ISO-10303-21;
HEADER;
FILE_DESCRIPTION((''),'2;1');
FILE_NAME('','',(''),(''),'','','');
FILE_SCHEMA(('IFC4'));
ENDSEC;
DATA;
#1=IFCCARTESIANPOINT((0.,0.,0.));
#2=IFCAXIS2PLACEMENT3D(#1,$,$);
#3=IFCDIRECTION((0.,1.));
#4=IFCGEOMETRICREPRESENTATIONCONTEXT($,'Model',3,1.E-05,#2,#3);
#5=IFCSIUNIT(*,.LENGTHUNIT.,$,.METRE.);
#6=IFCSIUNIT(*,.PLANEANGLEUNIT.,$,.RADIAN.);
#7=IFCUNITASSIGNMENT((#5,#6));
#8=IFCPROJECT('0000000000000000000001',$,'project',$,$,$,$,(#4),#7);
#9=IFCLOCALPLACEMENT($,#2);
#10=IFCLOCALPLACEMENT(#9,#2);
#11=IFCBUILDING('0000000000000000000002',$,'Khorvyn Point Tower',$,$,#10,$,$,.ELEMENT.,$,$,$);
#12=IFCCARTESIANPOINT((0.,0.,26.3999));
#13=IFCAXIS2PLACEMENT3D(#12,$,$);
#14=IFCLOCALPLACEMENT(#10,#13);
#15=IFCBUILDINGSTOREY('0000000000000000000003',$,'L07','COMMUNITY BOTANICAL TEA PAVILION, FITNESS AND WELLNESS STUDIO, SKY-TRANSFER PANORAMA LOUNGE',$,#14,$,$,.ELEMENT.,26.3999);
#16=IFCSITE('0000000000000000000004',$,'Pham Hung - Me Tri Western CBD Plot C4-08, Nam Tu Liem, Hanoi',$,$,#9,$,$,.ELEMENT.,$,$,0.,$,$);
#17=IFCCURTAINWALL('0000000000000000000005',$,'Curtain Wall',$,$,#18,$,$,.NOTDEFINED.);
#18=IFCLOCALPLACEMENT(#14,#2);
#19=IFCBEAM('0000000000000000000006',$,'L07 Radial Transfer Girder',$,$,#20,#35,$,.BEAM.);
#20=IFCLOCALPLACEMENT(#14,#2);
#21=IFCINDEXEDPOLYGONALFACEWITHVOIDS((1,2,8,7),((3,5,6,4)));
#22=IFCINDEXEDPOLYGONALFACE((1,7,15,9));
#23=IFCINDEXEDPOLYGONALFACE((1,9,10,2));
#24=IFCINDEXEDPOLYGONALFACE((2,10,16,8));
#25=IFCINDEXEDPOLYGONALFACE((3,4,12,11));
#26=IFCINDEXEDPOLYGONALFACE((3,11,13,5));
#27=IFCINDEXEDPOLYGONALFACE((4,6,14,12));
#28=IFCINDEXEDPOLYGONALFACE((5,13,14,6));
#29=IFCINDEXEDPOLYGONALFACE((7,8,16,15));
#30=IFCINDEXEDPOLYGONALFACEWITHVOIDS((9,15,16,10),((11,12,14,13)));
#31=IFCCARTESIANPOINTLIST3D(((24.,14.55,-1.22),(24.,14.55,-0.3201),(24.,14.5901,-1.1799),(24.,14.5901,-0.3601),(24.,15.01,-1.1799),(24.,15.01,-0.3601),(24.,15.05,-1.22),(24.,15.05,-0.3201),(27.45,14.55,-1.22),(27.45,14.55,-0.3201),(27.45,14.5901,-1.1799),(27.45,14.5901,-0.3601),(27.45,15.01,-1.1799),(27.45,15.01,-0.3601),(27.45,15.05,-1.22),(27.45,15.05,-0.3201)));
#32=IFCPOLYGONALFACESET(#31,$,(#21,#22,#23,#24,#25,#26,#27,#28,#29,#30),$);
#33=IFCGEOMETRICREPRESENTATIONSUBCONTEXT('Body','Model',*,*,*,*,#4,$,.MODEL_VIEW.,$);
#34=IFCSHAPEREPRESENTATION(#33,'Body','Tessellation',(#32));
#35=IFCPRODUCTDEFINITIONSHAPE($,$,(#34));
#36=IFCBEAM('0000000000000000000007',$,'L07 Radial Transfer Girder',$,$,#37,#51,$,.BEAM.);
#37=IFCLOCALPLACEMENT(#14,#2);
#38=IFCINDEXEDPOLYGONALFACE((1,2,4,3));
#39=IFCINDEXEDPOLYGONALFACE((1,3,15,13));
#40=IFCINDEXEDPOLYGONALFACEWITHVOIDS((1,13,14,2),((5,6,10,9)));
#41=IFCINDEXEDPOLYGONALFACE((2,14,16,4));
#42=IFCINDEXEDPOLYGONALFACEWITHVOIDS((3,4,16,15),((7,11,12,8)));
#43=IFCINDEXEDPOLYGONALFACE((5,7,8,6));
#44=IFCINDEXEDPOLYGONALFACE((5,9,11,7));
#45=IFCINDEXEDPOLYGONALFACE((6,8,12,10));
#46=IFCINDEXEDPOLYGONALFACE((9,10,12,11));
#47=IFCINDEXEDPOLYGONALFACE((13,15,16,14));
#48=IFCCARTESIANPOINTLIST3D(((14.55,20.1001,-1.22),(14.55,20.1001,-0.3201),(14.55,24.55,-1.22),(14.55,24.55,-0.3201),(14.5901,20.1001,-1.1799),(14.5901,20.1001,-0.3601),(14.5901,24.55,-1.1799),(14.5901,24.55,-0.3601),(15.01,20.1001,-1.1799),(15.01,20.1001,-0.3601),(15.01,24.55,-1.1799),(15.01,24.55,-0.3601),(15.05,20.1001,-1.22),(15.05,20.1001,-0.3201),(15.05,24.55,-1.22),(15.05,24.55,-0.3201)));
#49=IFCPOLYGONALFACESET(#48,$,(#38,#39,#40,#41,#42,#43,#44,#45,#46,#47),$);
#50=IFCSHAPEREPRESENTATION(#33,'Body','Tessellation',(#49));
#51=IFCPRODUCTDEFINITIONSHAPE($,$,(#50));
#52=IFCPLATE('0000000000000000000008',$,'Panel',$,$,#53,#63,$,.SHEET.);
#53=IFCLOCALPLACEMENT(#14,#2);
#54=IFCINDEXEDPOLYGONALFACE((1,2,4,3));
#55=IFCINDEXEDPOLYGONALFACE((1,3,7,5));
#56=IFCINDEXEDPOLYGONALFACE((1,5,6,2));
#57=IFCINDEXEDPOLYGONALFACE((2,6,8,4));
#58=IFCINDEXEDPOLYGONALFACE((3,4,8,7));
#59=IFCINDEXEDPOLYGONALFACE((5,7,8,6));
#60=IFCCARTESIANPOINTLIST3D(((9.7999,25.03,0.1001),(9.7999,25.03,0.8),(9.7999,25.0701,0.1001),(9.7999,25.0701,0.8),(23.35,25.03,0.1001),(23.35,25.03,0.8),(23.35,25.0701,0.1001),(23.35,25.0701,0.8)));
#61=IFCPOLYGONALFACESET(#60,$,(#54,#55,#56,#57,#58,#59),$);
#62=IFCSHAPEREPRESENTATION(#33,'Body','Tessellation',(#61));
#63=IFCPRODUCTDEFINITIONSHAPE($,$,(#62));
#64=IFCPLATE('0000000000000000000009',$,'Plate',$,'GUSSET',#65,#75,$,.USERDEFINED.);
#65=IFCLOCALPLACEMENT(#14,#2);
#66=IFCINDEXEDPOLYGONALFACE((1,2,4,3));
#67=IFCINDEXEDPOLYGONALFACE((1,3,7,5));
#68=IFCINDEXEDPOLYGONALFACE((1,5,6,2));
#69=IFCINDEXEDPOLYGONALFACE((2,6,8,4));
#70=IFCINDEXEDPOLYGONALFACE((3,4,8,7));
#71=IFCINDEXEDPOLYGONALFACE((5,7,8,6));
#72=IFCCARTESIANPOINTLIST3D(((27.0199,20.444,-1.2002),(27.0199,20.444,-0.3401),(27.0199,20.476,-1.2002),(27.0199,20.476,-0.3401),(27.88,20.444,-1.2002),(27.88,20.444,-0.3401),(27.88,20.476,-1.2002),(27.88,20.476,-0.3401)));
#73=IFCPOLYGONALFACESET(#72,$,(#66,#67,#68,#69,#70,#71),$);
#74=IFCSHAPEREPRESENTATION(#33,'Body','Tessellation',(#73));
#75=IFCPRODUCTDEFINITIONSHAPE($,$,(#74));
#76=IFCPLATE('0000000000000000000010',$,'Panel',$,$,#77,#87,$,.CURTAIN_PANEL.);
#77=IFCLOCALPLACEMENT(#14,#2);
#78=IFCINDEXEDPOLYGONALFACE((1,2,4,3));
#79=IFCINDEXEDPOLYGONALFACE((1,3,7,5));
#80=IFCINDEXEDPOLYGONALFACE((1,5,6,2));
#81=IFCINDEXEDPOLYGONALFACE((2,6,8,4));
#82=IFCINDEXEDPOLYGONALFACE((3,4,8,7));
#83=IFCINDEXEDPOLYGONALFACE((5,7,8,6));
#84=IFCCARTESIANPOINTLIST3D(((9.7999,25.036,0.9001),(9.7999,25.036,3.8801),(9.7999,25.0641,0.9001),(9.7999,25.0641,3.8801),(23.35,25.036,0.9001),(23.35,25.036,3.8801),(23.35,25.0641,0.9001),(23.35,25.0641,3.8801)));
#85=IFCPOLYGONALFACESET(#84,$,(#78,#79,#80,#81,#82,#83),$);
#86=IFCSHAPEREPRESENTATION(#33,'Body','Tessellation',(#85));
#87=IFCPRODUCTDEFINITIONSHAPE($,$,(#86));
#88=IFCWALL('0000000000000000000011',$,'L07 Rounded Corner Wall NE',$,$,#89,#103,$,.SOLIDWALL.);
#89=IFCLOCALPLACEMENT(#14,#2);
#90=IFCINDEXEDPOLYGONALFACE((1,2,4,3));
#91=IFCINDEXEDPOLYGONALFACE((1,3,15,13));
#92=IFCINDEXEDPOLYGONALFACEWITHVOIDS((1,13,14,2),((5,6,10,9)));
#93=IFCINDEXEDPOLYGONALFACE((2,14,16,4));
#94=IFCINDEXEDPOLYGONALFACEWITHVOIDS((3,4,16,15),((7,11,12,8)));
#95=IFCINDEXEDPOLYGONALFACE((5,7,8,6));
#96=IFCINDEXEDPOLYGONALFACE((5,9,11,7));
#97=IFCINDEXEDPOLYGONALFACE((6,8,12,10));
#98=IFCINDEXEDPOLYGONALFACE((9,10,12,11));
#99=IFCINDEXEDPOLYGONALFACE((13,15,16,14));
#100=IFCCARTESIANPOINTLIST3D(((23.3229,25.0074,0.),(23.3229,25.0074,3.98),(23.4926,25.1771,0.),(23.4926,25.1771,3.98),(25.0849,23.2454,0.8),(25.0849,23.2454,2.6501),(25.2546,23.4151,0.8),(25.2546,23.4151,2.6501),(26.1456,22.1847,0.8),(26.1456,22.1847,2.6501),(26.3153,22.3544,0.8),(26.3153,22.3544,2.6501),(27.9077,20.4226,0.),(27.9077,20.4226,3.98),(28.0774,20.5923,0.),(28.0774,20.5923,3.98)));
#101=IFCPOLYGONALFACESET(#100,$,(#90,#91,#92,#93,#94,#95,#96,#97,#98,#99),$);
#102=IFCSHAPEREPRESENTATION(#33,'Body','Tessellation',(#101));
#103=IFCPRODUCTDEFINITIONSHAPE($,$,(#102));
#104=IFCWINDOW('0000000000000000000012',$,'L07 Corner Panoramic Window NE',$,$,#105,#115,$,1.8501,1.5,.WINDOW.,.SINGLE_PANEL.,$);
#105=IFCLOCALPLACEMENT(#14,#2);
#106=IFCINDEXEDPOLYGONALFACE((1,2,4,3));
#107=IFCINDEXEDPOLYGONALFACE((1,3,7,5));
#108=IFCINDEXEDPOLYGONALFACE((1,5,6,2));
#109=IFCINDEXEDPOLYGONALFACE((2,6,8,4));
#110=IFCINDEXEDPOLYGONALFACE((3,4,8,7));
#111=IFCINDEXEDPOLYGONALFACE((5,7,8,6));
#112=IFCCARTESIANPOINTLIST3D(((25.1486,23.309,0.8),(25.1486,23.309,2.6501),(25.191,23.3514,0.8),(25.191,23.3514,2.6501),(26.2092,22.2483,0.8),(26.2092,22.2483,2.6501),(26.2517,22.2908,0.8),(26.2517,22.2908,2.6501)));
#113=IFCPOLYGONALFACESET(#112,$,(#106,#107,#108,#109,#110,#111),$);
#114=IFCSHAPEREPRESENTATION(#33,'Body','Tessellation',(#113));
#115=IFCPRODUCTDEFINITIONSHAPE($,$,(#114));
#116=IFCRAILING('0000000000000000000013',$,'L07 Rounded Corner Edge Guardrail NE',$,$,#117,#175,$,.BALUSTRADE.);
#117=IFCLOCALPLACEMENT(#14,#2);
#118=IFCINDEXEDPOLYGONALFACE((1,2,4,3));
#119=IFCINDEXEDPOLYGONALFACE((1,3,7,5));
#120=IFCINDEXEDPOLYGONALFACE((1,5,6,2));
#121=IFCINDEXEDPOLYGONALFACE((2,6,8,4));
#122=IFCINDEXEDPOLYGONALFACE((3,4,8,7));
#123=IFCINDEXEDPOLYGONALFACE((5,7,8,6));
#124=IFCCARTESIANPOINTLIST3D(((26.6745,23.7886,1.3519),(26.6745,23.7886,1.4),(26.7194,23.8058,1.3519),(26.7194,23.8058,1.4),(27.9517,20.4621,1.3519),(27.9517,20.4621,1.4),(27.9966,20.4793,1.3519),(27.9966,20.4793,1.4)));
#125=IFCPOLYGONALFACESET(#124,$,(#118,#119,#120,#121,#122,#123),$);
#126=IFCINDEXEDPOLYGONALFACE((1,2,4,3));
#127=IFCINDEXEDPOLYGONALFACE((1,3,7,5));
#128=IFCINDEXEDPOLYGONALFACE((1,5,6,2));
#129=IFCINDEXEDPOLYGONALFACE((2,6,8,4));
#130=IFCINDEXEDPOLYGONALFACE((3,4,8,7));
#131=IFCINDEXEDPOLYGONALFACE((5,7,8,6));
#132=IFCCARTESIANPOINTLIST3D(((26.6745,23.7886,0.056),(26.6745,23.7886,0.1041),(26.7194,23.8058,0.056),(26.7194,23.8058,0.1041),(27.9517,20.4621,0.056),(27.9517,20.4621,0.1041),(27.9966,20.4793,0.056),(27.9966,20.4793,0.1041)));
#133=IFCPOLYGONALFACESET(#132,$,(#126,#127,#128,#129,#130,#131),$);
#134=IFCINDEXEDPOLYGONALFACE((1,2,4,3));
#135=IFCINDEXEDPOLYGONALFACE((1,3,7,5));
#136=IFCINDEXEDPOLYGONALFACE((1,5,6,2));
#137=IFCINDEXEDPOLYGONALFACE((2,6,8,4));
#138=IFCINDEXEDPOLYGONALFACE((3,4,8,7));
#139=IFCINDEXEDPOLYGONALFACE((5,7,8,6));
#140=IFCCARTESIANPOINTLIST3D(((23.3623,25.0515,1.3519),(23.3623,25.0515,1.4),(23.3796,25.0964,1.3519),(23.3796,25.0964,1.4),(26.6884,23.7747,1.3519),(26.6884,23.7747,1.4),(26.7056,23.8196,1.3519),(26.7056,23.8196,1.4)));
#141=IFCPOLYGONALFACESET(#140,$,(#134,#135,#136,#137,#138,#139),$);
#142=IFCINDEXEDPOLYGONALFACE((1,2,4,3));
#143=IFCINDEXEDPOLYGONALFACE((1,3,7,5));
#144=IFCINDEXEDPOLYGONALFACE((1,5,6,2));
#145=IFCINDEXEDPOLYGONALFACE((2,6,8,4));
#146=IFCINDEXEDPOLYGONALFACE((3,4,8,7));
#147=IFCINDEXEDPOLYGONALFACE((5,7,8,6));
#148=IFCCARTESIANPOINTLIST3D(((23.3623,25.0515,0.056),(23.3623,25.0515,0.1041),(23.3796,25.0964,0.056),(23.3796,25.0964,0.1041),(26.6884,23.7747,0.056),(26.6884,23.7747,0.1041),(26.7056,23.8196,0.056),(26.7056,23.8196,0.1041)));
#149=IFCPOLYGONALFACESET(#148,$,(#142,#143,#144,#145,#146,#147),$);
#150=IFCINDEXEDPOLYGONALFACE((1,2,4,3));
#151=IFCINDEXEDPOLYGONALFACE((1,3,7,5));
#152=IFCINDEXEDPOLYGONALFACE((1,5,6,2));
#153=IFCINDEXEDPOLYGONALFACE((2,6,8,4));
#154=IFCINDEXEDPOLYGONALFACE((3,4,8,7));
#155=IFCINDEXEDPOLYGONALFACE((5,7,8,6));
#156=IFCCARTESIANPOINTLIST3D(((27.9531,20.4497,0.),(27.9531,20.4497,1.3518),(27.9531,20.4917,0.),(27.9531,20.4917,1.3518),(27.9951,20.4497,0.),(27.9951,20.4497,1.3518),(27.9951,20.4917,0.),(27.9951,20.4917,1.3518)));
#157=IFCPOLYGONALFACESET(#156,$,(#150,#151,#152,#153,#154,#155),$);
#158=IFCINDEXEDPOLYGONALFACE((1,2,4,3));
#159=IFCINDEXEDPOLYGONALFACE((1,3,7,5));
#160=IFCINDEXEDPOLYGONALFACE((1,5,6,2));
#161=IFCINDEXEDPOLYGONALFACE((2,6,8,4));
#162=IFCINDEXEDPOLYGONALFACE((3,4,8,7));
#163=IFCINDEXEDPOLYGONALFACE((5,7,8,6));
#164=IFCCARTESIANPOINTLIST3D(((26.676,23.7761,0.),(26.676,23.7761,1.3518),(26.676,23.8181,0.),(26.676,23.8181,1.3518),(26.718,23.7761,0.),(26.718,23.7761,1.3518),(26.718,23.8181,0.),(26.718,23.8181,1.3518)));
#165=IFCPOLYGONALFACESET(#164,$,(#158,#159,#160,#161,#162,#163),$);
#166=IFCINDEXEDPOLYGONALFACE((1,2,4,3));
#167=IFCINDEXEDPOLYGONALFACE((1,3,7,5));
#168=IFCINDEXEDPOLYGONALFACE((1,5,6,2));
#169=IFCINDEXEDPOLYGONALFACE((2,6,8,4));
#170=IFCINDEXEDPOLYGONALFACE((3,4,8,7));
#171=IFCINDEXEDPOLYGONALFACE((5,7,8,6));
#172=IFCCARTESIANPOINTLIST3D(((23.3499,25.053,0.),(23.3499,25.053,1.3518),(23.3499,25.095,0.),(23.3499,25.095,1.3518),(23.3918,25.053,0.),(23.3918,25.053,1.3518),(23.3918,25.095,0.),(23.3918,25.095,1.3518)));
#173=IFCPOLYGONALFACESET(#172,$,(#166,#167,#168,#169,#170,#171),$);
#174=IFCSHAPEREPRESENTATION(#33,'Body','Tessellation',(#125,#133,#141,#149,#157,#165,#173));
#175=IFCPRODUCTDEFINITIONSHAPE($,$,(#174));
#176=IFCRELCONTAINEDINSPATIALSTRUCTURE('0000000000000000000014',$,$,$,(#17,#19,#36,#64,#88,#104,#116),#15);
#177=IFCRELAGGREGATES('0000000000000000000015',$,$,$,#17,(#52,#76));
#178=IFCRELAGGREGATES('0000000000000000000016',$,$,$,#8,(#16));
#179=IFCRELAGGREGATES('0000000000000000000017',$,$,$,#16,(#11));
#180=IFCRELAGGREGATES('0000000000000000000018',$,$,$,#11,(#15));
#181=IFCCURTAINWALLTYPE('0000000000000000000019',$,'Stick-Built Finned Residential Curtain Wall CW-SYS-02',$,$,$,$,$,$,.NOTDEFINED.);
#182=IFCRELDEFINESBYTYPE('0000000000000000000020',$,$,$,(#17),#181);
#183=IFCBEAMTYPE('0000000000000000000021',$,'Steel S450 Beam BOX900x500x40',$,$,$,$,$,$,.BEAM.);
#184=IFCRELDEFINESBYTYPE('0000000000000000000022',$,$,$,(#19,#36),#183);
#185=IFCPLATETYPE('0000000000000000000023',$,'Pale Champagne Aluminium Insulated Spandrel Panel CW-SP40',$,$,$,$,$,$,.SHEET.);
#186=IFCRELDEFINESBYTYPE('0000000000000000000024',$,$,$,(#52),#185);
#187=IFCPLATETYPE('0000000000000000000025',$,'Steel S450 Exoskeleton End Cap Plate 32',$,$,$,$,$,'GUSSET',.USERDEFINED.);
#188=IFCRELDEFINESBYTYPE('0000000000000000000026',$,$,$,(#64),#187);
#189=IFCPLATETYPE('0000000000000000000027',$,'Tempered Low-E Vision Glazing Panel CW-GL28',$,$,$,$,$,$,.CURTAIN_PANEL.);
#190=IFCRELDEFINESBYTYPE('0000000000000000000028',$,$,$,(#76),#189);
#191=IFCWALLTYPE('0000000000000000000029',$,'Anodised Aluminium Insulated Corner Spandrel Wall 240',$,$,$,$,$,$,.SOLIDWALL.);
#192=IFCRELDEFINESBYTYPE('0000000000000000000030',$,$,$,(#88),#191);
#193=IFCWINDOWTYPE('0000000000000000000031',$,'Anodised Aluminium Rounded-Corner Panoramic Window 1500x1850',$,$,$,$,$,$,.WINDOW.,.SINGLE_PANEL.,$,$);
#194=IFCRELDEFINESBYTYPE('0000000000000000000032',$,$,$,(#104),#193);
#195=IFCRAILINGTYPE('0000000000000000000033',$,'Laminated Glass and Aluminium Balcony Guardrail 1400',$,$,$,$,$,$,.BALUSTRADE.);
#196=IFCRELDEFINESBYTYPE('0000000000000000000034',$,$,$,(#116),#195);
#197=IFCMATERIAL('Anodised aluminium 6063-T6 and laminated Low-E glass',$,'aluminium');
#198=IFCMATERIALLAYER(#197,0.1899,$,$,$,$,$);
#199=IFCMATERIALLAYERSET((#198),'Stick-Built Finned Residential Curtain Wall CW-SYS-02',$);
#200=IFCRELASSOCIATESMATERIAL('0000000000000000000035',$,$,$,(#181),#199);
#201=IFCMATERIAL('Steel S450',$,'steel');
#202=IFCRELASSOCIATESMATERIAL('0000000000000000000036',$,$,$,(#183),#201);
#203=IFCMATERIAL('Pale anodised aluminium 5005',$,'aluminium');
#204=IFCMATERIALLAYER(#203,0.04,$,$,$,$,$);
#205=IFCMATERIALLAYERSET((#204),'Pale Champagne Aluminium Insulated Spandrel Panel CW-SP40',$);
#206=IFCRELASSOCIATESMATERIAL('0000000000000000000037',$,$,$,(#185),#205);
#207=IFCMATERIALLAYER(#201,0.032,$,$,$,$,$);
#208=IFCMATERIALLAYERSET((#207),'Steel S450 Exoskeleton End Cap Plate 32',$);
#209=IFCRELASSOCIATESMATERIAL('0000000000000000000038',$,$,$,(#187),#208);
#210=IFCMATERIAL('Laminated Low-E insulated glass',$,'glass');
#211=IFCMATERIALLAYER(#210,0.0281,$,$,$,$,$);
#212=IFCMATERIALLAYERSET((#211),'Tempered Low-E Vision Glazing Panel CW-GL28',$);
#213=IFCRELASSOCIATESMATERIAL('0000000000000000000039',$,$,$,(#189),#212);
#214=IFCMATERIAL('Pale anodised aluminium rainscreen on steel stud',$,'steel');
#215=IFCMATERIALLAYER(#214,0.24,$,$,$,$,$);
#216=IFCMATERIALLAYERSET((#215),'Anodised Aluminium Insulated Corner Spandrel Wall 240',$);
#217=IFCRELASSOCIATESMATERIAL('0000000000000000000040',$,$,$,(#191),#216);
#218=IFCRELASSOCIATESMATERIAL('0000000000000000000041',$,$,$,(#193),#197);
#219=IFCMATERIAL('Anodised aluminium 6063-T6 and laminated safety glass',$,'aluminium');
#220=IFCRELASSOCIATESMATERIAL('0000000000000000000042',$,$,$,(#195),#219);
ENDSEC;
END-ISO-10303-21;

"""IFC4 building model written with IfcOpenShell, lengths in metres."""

from ifc_helpers import new_model, si_unit, direction, frame, frame_2d, origin, origin_2d, place, context, subcontext, project, spatial, rectangle, hollow_rectangle, extrude, material, layer, layer_set, material_profile, profile_set, type_object, element, fill, aggregate, save


model = new_model("IFC4")

# Units and contexts
model_context = context("Model", 3, precision=1e-05, world=origin(), true_north=direction((0.0, 1.0)))
body_context = subcontext(model_context, "Body", "Model", "MODEL_VIEW")
ifc_project = project(units=[si_unit("LENGTHUNIT", "METRE"), si_unit("PLANEANGLEUNIT", "RADIAN")], contexts=[model_context])

# Site, building, storey
site_placement = place(None, origin())
site = spatial("IfcSite", under=ifc_project, at=site_placement, Name="Pham Hung - Me Tri Western CBD Plot C4-08, Nam Tu Liem, Hanoi", CompositionType="ELEMENT", RefElevation=0.0)
building_placement = place(site_placement, origin())
building = spatial("IfcBuilding", under=site, at=building_placement, Name="Khorvyn Point Tower", CompositionType="ELEMENT")
storey_placement = place(building_placement, frame((0.0, 0.0, 26.3999)))
storey = spatial("IfcBuildingStorey", under=building, at=storey_placement, Name="L07", Description="COMMUNITY BOTANICAL TEA PAVILION, FITNESS AND WELLNESS STUDIO, SKY-TRANSFER PANORAMA LOUNGE", CompositionType="ELEMENT", Elevation=26.3999)

# Shared definitions
ifc_material_1 = material(Name="Steel S450", Category="steel")

# Curtain wall
ifc_material_2 = material(Name="Anodised aluminium 6063-T6 and laminated Low-E glass", Category="aluminium")
ifc_layer_1 = layer(ifc_material_2, 0.1899)
ifc_layer_set_1 = layer_set([ifc_layer_1], Name="Stick-Built Finned Residential Curtain Wall CW-SYS-02")
curtain_wall_type = type_object("IfcCurtainWallType", Name="Stick-Built Finned Residential Curtain Wall CW-SYS-02", PredefinedType="NOTDEFINED", material=ifc_layer_set_1)
curtain_wall_1_placement = place(storey_placement, origin())
curtain_wall_1 = element("IfcCurtainWall", 1, at=curtain_wall_1_placement, inside=storey, type_object=curtain_wall_type, Name="Curtain Wall", PredefinedType="NOTDEFINED")

# Beams
ifc_material_profile_1 = material_profile(ifc_material_1, hollow_rectangle(XDim=0.5, YDim=0.8999, WallThickness=0.04, at=origin_2d()))
ifc_profile_set_1 = profile_set([ifc_material_profile_1], Name="Steel S450 BOX900x500x40")
beam_type_1 = type_object("IfcBeamType", Name="Steel S450 Beam BOX900x500x40", PredefinedType="BEAM", material=ifc_profile_set_1)
beam_1_placement = place(storey_placement, frame((24.0, 14.8, -0.77), z_axis=(1.0, 0.0, 0.0), x_axis=(0.0, 1.0, 0.0)))
element("IfcBeam", 2, at=beam_1_placement, inside=storey, type_object=beam_type_1, Name="L07 Radial Transfer Girder", PredefinedType="BEAM", context=body_context, shape_type="SweptSolid", body=[
    extrude(hollow_rectangle(XDim=0.5, YDim=0.8999, WallThickness=0.04, at=origin_2d()), origin(), (0.0, 0.0, 1.0), 3.45),
])
beam_2_placement = place(storey_placement, frame((14.8, 20.1001, -0.77), z_axis=(0.0, 1.0, 0.0), x_axis=(-1.0, 0.0, 0.0)))
element("IfcBeam", 3, at=beam_2_placement, inside=storey, type_object=beam_type_1, Name="L07 Radial Transfer Girder", PredefinedType="BEAM", context=body_context, shape_type="SweptSolid", body=[
    extrude(hollow_rectangle(XDim=0.5, YDim=0.8999, WallThickness=0.04, at=origin_2d()), origin(), (0.0, 0.0, 1.0), 4.45),
])

# Plates
ifc_material_3 = material(Name="Pale anodised aluminium 5005", Category="aluminium")
ifc_layer_2 = layer(ifc_material_3, 0.04)
ifc_layer_set_2 = layer_set([ifc_layer_2], Name="Pale Champagne Aluminium Insulated Spandrel Panel CW-SP40")
plate_type_1 = type_object("IfcPlateType", Name="Pale Champagne Aluminium Insulated Spandrel Panel CW-SP40", PredefinedType="SHEET", material=ifc_layer_set_2)
plate_1_placement = place(storey_placement, frame((16.575, 25.05, 0.1001), z_axis=(0.0, 0.0, 1.0), x_axis=(1.0, 0.0, 0.0)))
plate_1 = element("IfcPlate", 4, at=plate_1_placement, type_object=plate_type_1, Name="Panel", PredefinedType="SHEET", context=body_context, shape_type="SweptSolid", body=[
    extrude(rectangle(XDim=13.55, YDim=0.04, at=origin_2d()), origin(), (0.0, 0.0, 1.0), 0.7),
])
ifc_layer_3 = layer(ifc_material_1, 0.032)
ifc_layer_set_3 = layer_set([ifc_layer_3], Name="Steel S450 Exoskeleton End Cap Plate 32")
plate_type_2 = type_object("IfcPlateType", Name="Steel S450 Exoskeleton End Cap Plate 32", ElementType="GUSSET", PredefinedType="USERDEFINED", material=ifc_layer_set_3)
plate_2_placement = place(storey_placement, frame((27.45, 20.46, -1.2002), z_axis=(0.0, 0.0, 1.0), x_axis=(1.0, 0.0, 0.0)))
element("IfcPlate", 5, at=plate_2_placement, inside=storey, type_object=plate_type_2, Name="Plate", ObjectType="GUSSET", PredefinedType="USERDEFINED", context=body_context, shape_type="SweptSolid", body=[
    extrude(rectangle(XDim=0.8601, YDim=0.032, at=origin_2d()), origin(), (0.0, 0.0, 1.0), 0.8601),
])
ifc_material_4 = material(Name="Laminated Low-E insulated glass", Category="glass")
ifc_layer_4 = layer(ifc_material_4, 0.0281)
ifc_layer_set_4 = layer_set([ifc_layer_4], Name="Tempered Low-E Vision Glazing Panel CW-GL28")
plate_type_3 = type_object("IfcPlateType", Name="Tempered Low-E Vision Glazing Panel CW-GL28", PredefinedType="CURTAIN_PANEL", material=ifc_layer_set_4)
plate_3_placement = place(storey_placement, frame((16.575, 25.05, 0.9001), z_axis=(0.0, 0.0, 1.0), x_axis=(1.0, 0.0, 0.0)))
plate_3 = element("IfcPlate", 6, at=plate_3_placement, type_object=plate_type_3, Name="Panel", PredefinedType="CURTAIN_PANEL", context=body_context, shape_type="SweptSolid", body=[
    extrude(rectangle(XDim=13.55, YDim=0.0281, at=origin_2d()), origin(), (0.0, 0.0, 1.0), 2.98),
])
aggregate(curtain_wall_1, [plate_1, plate_3])

# Wall, opening, window
ifc_material_5 = material(Name="Pale anodised aluminium rainscreen on steel stud", Category="steel")
ifc_layer_5 = layer(ifc_material_5, 0.24)
ifc_layer_set_5 = layer_set([ifc_layer_5], Name="Anodised Aluminium Insulated Corner Spandrel Wall 240")
wall_type = type_object("IfcWallType", Name="Anodised Aluminium Insulated Corner Spandrel Wall 240", PredefinedType="SOLIDWALL", material=ifc_layer_set_5)
wall_placement = place(storey_placement, frame((23.4077, 25.0923, 0.0), z_axis=(0.0, 0.0, 1.0), x_axis=(0.707107, -0.707107, 0.0)))
wall = element("IfcWall", 7, at=wall_placement, inside=storey, type_object=wall_type, Name="L07 Rounded Corner Wall NE", PredefinedType="SOLIDWALL", context=body_context, shape_type="SweptSolid", body=[
    extrude(rectangle(XDim=6.4839, YDim=0.24, at=frame_2d((3.2419, 0.0))), origin(), (0.0, 0.0, 1.0), 3.98),
])
opening_placement = place(wall_placement, frame((2.4919, 0.0, 0.8)))
opening = element("IfcOpeningElement", 8, at=opening_placement, cuts=wall, PredefinedType="OPENING", context=body_context, shape_type="SweptSolid", body=[
    extrude(rectangle(XDim=1.5, YDim=1.8501, at=frame_2d((0.75, 0.925))), frame((0.0, 0.1299, 0.0), z_axis=(0.0, -1.0, 0.0), x_axis=(1.0, 0.0, 0.0)), (0.0, 0.0, 1.0), 0.26),
])
window_type = type_object("IfcWindowType", Name="Anodised Aluminium Rounded-Corner Panoramic Window 1500x1850", PartitioningType="SINGLE_PANEL", PredefinedType="WINDOW", material=ifc_material_2)
window_placement = place(opening_placement, origin())
window = element("IfcWindow", 9, at=window_placement, inside=storey, type_object=window_type, Name="L07 Corner Panoramic Window NE", OverallHeight=1.8501, OverallWidth=1.5, PartitioningType="SINGLE_PANEL", PredefinedType="WINDOW", context=body_context, shape_type="SweptSolid", body=[
    extrude(rectangle(XDim=1.5, YDim=1.8501, at=frame_2d((0.75, 0.925))), frame((0.0, 0.03, 0.0), z_axis=(0.0, -1.0, 0.0), x_axis=(1.0, 0.0, 0.0)), (0.0, 0.0, 1.0), 0.0601),
])
fill(opening, window)

# Railing
ifc_material_6 = material(Name="Anodised aluminium 6063-T6 and laminated safety glass", Category="aluminium")
railing_type = type_object("IfcRailingType", Name="Laminated Glass and Aluminium Balcony Guardrail 1400", PredefinedType="BALUSTRADE", material=ifc_material_6)
railing_placement = place(storey_placement, frame((27.9741, 20.4707, 0.0)))
element("IfcRailing", 10, at=railing_placement, inside=storey, type_object=railing_type, Name="L07 Rounded Corner Edge Guardrail NE", PredefinedType="BALUSTRADE", context=body_context, shape_type="SweptSolid", body=[
    extrude(rectangle(XDim=0.0481, YDim=0.0481, at=origin_2d()), frame((0.0, 0.0, 1.376), z_axis=(-0.358419, 0.933561, 0.0), x_axis=(-0.933561, -0.358419, 0.0)), (0.0, 0.0, 1.0), 3.5632),
    extrude(rectangle(XDim=0.0481, YDim=0.0481, at=origin_2d()), frame((0.0, 0.0, 0.0801), z_axis=(-0.358419, 0.933561, 0.0), x_axis=(-0.933561, -0.358419, 0.0)), (0.0, 0.0, 1.0), 3.5632),
    extrude(rectangle(XDim=0.0481, YDim=0.0481, at=origin_2d()), frame((-1.2771, 3.3264, 1.376), z_axis=(-0.933575, 0.358382, 0.0), x_axis=(-0.358382, -0.933575, 0.0)), (0.0, 0.0, 1.0), 3.5627),
    extrude(rectangle(XDim=0.0481, YDim=0.0481, at=origin_2d()), frame((-1.2771, 3.3264, 0.0801), z_axis=(-0.933575, 0.358382, 0.0), x_axis=(-0.358382, -0.933575, 0.0)), (0.0, 0.0, 1.0), 3.5627),
    extrude(rectangle(XDim=0.042, YDim=0.042, at=origin_2d()), origin(), (0.0, 0.0, 1.0), 1.3518),
    extrude(rectangle(XDim=0.042, YDim=0.042, at=origin_2d()), frame((-1.2771, 3.3264, 0.0)), (0.0, 0.0, 1.0), 1.3518),
    extrude(rectangle(XDim=0.042, YDim=0.042, at=origin_2d()), frame((-4.6033, 4.6033, 0.0)), (0.0, 0.0, 1.0), 1.3518),
])

save(model, "model.ifc")
